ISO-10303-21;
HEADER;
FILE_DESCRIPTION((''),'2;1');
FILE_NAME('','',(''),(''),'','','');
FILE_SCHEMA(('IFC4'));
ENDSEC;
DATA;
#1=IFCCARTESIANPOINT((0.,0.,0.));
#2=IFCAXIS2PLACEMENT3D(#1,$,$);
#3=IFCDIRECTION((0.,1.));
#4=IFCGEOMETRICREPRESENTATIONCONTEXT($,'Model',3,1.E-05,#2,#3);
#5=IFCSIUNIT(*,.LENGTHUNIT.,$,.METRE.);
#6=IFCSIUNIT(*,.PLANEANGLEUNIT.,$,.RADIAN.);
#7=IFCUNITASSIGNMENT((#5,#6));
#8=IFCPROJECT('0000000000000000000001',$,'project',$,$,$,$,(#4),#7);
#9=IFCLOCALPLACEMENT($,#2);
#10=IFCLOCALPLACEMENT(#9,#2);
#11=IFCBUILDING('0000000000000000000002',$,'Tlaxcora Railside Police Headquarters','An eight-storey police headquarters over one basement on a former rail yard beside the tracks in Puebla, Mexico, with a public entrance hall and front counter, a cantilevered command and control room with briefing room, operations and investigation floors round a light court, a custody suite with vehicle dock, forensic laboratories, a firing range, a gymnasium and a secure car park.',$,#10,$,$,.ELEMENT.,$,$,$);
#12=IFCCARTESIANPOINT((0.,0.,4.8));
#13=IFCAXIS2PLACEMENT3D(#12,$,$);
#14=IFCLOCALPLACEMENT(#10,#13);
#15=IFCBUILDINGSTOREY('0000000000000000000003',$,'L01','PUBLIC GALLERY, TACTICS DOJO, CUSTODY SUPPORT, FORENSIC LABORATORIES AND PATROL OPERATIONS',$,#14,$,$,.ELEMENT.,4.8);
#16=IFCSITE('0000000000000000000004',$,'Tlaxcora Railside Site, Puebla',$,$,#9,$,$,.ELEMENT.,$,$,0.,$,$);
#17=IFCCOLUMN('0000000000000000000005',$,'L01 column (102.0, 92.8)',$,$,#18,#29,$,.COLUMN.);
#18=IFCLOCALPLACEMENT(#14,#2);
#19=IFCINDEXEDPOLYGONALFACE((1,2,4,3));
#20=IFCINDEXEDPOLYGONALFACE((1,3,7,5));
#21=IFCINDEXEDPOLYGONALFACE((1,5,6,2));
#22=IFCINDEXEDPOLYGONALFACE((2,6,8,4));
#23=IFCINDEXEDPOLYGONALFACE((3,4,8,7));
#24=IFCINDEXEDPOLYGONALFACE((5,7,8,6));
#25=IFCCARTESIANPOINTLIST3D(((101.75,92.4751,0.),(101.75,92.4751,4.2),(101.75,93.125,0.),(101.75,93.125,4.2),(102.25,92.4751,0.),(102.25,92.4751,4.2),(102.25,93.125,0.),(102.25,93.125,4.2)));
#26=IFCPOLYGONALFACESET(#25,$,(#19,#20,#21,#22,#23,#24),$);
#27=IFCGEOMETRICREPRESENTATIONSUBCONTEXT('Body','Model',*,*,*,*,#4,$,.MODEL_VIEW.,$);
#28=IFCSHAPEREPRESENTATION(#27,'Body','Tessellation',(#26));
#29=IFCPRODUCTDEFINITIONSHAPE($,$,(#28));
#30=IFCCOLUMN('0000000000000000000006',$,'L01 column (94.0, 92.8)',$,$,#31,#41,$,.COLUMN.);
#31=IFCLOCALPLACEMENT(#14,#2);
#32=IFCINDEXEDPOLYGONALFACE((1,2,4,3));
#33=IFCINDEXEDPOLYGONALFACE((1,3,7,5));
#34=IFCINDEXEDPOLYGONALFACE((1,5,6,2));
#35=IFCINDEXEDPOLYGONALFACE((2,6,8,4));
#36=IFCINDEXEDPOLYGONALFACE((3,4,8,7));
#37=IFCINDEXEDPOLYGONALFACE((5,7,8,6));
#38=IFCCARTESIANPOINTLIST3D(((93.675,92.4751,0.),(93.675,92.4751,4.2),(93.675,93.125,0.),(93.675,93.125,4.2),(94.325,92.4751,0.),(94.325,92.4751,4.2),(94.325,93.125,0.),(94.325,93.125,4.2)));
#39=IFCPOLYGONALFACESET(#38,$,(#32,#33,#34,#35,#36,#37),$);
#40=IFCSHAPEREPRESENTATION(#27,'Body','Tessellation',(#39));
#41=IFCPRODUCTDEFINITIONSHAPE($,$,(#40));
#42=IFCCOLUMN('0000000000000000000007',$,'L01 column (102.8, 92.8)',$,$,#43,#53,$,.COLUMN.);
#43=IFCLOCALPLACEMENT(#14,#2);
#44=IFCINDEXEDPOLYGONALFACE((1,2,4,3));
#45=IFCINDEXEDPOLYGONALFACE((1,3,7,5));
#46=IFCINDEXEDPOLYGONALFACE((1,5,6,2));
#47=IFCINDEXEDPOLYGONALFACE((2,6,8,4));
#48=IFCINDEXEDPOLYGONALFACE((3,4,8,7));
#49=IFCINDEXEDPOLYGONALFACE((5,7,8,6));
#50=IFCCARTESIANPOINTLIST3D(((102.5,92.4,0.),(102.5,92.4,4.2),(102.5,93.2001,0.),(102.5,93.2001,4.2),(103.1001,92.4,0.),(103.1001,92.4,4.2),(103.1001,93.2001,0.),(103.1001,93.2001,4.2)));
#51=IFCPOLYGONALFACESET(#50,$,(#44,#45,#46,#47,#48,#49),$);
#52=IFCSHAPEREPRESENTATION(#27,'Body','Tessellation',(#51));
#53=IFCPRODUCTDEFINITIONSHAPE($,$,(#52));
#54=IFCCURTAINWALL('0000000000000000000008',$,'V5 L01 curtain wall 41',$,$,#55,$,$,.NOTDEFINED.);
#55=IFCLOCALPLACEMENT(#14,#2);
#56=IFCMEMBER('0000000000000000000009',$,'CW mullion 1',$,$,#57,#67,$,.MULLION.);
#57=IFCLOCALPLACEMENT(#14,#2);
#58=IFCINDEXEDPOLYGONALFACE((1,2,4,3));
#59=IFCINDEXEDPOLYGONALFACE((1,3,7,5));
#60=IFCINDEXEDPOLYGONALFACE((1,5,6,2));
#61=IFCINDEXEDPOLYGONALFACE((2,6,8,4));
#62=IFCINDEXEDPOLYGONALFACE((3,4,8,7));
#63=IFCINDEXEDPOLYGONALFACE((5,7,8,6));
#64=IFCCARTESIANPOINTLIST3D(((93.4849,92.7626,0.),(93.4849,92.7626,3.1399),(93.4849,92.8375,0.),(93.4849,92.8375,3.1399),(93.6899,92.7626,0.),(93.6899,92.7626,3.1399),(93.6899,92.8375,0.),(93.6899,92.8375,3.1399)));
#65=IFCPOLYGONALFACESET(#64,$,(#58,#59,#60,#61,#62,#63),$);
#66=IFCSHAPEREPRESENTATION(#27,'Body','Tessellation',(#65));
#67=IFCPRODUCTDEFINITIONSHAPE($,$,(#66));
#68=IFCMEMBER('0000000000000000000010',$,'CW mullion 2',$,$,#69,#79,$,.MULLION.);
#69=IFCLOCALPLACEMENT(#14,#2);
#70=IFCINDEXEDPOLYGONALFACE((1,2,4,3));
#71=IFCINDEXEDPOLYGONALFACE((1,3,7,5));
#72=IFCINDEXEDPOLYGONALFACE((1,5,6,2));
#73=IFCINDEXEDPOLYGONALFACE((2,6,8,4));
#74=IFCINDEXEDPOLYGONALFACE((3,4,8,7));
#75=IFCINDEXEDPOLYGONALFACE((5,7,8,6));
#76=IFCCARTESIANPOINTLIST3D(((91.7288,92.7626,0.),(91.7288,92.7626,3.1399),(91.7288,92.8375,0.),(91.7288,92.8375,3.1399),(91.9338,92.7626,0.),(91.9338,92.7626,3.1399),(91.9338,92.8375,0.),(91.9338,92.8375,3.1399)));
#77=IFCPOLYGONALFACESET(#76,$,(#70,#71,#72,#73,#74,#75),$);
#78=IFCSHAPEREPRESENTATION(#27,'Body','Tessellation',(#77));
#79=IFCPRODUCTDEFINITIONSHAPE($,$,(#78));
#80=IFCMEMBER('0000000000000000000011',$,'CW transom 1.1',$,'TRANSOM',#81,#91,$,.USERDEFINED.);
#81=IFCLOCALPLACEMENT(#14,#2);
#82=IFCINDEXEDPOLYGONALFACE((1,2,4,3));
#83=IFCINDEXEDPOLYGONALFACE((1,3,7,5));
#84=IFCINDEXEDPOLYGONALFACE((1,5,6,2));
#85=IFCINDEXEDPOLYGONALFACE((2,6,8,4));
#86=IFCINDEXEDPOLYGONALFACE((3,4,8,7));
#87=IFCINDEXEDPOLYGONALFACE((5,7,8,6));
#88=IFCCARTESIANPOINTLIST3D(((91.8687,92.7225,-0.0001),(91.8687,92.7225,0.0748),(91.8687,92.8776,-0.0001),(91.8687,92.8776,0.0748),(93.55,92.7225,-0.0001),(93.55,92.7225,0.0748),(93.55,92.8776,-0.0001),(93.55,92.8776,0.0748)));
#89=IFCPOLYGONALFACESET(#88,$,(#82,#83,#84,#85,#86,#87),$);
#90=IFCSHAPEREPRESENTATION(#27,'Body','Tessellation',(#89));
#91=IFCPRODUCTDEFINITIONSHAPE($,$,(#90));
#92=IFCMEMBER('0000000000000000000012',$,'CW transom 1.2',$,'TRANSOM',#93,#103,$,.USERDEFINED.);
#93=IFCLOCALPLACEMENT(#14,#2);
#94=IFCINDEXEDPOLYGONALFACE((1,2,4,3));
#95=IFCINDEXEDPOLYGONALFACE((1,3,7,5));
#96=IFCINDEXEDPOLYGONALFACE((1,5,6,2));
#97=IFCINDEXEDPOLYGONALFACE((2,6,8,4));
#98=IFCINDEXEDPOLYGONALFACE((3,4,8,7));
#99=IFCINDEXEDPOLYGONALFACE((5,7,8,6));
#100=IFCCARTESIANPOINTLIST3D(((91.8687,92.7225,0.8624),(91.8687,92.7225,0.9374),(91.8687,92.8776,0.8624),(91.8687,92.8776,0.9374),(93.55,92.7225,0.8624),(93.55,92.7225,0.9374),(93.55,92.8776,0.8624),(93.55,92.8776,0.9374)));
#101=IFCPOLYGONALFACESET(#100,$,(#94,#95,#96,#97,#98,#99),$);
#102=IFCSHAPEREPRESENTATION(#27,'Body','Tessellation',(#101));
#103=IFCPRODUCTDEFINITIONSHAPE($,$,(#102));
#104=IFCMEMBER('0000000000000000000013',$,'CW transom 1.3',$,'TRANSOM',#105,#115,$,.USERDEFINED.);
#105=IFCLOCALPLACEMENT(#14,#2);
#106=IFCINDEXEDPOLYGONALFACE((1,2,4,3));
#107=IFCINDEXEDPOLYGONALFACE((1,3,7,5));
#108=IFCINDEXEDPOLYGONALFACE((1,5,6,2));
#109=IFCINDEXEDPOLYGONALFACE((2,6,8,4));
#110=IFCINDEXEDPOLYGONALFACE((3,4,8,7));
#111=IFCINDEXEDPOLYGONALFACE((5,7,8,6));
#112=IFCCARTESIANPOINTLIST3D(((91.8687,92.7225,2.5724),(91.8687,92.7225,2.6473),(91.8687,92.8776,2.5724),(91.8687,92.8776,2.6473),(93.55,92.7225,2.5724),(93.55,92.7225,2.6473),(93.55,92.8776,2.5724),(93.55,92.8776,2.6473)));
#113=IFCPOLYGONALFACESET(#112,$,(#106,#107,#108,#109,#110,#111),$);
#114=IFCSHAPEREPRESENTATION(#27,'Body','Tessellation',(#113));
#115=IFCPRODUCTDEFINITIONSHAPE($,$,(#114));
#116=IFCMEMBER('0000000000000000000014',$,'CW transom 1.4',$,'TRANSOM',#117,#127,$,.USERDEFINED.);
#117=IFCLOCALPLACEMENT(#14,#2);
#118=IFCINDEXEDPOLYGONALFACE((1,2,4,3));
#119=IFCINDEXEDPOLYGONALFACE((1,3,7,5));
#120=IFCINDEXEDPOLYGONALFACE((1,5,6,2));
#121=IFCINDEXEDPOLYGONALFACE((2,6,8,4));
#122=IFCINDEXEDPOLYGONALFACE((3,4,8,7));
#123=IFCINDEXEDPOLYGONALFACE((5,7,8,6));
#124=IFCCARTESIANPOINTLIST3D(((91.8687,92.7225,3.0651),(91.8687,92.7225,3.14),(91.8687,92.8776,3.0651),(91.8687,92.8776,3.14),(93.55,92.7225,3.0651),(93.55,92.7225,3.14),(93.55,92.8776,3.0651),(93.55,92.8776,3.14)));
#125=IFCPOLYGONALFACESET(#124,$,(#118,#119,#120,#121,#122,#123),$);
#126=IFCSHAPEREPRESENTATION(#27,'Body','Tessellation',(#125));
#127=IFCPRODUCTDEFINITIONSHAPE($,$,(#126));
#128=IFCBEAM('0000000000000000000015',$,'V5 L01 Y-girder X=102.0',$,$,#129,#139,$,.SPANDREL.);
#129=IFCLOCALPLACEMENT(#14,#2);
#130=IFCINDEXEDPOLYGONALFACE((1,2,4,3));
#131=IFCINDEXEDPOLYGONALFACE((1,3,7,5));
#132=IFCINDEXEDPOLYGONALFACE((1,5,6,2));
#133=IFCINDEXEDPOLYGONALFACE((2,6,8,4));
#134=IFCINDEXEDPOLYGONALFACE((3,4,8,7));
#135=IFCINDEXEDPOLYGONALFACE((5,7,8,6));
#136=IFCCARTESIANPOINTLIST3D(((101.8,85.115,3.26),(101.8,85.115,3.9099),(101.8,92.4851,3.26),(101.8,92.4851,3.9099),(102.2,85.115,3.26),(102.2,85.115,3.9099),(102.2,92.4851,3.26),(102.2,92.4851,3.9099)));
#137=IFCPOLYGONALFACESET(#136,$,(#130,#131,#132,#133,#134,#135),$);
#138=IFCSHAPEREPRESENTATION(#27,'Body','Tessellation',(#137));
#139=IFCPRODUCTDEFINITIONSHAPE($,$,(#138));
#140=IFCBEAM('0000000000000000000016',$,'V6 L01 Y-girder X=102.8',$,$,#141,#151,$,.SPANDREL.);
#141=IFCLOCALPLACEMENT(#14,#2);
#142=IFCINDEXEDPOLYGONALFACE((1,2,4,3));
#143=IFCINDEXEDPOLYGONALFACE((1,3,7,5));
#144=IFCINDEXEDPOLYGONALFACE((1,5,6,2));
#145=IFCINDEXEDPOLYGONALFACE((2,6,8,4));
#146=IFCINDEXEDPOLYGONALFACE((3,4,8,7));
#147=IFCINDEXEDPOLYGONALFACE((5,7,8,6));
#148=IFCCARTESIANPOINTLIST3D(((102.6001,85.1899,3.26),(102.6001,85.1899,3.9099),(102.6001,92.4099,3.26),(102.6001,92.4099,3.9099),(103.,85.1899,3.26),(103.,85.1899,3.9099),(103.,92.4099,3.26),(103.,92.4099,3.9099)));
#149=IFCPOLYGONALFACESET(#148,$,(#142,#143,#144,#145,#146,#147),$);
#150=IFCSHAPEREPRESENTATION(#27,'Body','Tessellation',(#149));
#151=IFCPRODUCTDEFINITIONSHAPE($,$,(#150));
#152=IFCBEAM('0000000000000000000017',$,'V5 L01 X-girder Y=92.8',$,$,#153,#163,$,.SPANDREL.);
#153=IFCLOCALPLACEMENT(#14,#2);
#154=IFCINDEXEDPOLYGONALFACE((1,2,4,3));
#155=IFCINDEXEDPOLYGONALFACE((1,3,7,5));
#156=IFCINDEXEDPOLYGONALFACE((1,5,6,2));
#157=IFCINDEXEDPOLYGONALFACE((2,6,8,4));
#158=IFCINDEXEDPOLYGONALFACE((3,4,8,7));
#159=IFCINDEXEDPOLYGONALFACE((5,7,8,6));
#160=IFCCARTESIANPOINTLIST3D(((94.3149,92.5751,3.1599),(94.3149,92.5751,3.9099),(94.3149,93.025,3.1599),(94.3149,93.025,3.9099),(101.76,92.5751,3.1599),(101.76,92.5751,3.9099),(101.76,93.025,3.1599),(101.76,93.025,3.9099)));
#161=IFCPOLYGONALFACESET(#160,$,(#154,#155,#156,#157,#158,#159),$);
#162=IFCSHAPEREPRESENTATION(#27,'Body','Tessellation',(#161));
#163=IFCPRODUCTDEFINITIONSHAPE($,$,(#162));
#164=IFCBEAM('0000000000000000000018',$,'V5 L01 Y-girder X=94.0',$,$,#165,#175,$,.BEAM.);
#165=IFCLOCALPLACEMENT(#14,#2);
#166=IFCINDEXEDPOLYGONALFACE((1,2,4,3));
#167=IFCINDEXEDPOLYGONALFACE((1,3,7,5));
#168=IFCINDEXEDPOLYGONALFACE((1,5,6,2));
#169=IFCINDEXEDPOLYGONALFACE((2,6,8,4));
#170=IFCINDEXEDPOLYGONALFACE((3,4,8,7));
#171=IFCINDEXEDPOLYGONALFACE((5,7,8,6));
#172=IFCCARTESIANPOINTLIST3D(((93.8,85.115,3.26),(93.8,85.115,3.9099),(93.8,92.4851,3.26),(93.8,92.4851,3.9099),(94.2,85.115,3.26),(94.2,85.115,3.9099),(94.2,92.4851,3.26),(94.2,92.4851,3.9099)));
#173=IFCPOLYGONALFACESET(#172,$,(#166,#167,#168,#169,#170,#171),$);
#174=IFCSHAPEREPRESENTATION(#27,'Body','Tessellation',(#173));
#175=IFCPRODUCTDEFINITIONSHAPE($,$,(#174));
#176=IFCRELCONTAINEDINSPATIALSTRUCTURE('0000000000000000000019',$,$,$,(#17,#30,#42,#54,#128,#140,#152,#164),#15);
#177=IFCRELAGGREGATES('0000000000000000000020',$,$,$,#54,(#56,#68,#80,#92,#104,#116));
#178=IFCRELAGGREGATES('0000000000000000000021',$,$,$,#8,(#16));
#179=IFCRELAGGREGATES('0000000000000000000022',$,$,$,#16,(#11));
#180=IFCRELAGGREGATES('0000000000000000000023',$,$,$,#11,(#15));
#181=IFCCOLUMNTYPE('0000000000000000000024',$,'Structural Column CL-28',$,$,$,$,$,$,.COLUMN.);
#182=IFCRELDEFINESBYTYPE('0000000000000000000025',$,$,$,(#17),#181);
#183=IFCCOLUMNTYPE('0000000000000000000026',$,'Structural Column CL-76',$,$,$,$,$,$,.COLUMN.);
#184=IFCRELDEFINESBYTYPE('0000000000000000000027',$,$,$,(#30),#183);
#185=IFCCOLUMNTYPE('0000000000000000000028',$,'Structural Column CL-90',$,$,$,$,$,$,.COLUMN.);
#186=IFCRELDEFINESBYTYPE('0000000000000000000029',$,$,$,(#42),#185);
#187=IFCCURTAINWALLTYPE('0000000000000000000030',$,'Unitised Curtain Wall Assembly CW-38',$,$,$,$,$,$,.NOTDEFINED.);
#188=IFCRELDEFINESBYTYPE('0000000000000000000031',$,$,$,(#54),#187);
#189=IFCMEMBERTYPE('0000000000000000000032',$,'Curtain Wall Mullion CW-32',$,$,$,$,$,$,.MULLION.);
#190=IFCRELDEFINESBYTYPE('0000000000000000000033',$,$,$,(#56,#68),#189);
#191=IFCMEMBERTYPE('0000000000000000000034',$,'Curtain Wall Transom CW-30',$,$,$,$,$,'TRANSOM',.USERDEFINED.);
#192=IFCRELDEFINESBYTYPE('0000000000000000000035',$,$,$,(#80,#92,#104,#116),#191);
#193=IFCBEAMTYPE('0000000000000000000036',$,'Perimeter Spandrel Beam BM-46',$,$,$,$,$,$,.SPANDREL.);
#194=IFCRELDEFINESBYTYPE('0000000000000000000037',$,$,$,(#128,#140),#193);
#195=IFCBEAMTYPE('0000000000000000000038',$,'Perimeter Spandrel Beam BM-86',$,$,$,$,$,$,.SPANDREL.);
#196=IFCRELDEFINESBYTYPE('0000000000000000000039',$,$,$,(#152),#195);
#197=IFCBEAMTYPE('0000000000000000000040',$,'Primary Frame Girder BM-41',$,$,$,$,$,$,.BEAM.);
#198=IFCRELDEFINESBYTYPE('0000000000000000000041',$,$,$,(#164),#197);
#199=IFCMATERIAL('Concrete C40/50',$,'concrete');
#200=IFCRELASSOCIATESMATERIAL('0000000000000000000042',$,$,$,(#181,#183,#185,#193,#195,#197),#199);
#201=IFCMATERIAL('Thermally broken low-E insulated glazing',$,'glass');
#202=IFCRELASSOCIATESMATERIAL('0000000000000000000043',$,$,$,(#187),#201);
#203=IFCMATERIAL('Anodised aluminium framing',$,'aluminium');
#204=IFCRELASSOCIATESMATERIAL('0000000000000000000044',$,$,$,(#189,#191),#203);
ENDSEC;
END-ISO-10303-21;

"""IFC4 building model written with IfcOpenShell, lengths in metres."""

from ifc_helpers import new_model, si_unit, direction, frame, origin, origin_2d, place, context, subcontext, project, spatial, rectangle, extrude, material, material_profile, profile_set, type_object, element, aggregate, save


model = new_model("IFC4")

# Units and contexts
model_context = context("Model", 3, precision=1e-05, world=origin(), true_north=direction((0.0, 1.0)))
body_context = subcontext(model_context, "Body", "Model", "MODEL_VIEW")
ifc_project = project(units=[si_unit("LENGTHUNIT", "METRE"), si_unit("PLANEANGLEUNIT", "RADIAN")], contexts=[model_context])

# Site, building, storey
site_placement = place(None, origin())
site = spatial("IfcSite", under=ifc_project, at=site_placement, Name="Tlaxcora Railside Site, Puebla", CompositionType="ELEMENT", RefElevation=0.0)
building_placement = place(site_placement, origin())
building = spatial("IfcBuilding", under=site, at=building_placement, Name="Tlaxcora Railside Police Headquarters", Description="An eight-storey police headquarters over one basement on a former rail yard beside the tracks in Puebla, Mexico, with a public entrance hall and front counter, a cantilevered command and control room with briefing room, operations and investigation floors round a light court, a custody suite with vehicle dock, forensic laboratories, a firing range, a gymnasium and a secure car park.", CompositionType="ELEMENT")
storey_placement = place(building_placement, frame((0.0, 0.0, 4.8)))
storey = spatial("IfcBuildingStorey", under=building, at=storey_placement, Name="L01", Description="PUBLIC GALLERY, TACTICS DOJO, CUSTODY SUPPORT, FORENSIC LABORATORIES AND PATROL OPERATIONS", CompositionType="ELEMENT", Elevation=4.8)

# Columns
ifc_material_1 = material(Name="Concrete C40/50", Category="concrete")
ifc_material_profile_1 = material_profile(ifc_material_1, rectangle(XDim=0.5, YDim=0.6499, at=origin_2d()), Name="RC500X650")
ifc_profile_set_1 = profile_set([ifc_material_profile_1], Name="Concrete C40/50")
column_type_1 = type_object("IfcColumnType", Name="Structural Column CL-28", PredefinedType="COLUMN", material=ifc_profile_set_1)
column_1_placement = place(storey_placement, frame((102.0, 92.8, 0.0), z_axis=(0.0, 0.0, 1.0), x_axis=(1.0, 0.0, 0.0)))
element("IfcColumn", 1, at=column_1_placement, inside=storey, type_object=column_type_1, Name="L01 column (102.0, 92.8)", PredefinedType="COLUMN", context=body_context, shape_type="SweptSolid", body=[
    extrude(rectangle(XDim=0.5, YDim=0.6499, at=origin_2d()), origin(), (0.0, 0.0, 1.0), 4.2),
])
ifc_material_profile_2 = material_profile(ifc_material_1, rectangle(XDim=0.6499, YDim=0.6499, at=origin_2d()), Name="RC650X650")
ifc_profile_set_2 = profile_set([ifc_material_profile_2], Name="Concrete C40/50")
column_type_2 = type_object("IfcColumnType", Name="Structural Column CL-76", PredefinedType="COLUMN", material=ifc_profile_set_2)
column_2_placement = place(storey_placement, frame((94.0, 92.8, 0.0), z_axis=(0.0, 0.0, 1.0), x_axis=(1.0, 0.0, 0.0)))
element("IfcColumn", 2, at=column_2_placement, inside=storey, type_object=column_type_2, Name="L01 column (94.0, 92.8)", PredefinedType="COLUMN", context=body_context, shape_type="SweptSolid", body=[
    extrude(rectangle(XDim=0.6499, YDim=0.6499, at=origin_2d()), origin(), (0.0, 0.0, 1.0), 4.2),
])
ifc_material_profile_3 = material_profile(ifc_material_1, rectangle(XDim=0.6001, YDim=0.8, at=origin_2d()), Name="RC600X800")
ifc_profile_set_3 = profile_set([ifc_material_profile_3], Name="Concrete C40/50")
column_type_3 = type_object("IfcColumnType", Name="Structural Column CL-90", PredefinedType="COLUMN", material=ifc_profile_set_3)
column_3_placement = place(storey_placement, frame((102.8, 92.8, 0.0), z_axis=(0.0, 0.0, 1.0), x_axis=(1.0, 0.0, 0.0)))
element("IfcColumn", 3, at=column_3_placement, inside=storey, type_object=column_type_3, Name="L01 column (102.8, 92.8)", PredefinedType="COLUMN", context=body_context, shape_type="SweptSolid", body=[
    extrude(rectangle(XDim=0.6001, YDim=0.8, at=origin_2d()), origin(), (0.0, 0.0, 1.0), 4.2),
])

# Curtain wall, members
ifc_material_2 = material(Name="Thermally broken low-E insulated glazing", Category="glass")
curtain_wall_type = type_object("IfcCurtainWallType", Name="Unitised Curtain Wall Assembly CW-38", PredefinedType="NOTDEFINED", material=ifc_material_2)
curtain_wall_placement = place(storey_placement, origin())
curtain_wall = element("IfcCurtainWall", 4, at=curtain_wall_placement, inside=storey, type_object=curtain_wall_type, Name="V5 L01 curtain wall 41", PredefinedType="NOTDEFINED")
ifc_material_3 = material(Name="Anodised aluminium framing", Category="aluminium")
ifc_material_profile_4 = material_profile(ifc_material_3, rectangle(XDim=0.075, YDim=0.2051, at=origin_2d()), Name="AL75X205")
ifc_profile_set_4 = profile_set([ifc_material_profile_4], Name="Anodised aluminium framing")
member_type_1 = type_object("IfcMemberType", Name="Curtain Wall Mullion CW-32", PredefinedType="MULLION", material=ifc_profile_set_4)
member_1_placement = place(storey_placement, frame((93.5874, 92.8, 0.0), z_axis=(0.0, 0.0, 1.0), x_axis=(0.0, -1.0, 0.0)))
member_1 = element("IfcMember", 5, at=member_1_placement, type_object=member_type_1, Name="CW mullion 1", PredefinedType="MULLION", context=body_context, shape_type="SweptSolid", body=[
    extrude(rectangle(XDim=0.075, YDim=0.2051, at=origin_2d()), origin(), (0.0, 0.0, 1.0), 3.1399),
])
member_2_placement = place(storey_placement, frame((91.8313, 92.8, 0.0), z_axis=(0.0, 0.0, 1.0), x_axis=(0.0, -1.0, 0.0)))
member_2 = element("IfcMember", 6, at=member_2_placement, type_object=member_type_1, Name="CW mullion 2", PredefinedType="MULLION", context=body_context, shape_type="SweptSolid", body=[
    extrude(rectangle(XDim=0.075, YDim=0.2051, at=origin_2d()), origin(), (0.0, 0.0, 1.0), 3.1399),
])
ifc_material_profile_5 = material_profile(ifc_material_3, rectangle(XDim=0.155, YDim=0.075, at=origin_2d()), Name="AL75X155")
ifc_profile_set_5 = profile_set([ifc_material_profile_5], Name="Anodised aluminium framing")
member_type_2 = type_object("IfcMemberType", Name="Curtain Wall Transom CW-30", ElementType="TRANSOM", PredefinedType="USERDEFINED", material=ifc_profile_set_5)
member_3_placement = place(storey_placement, frame((93.55, 92.8, 0.0374), z_axis=(-1.0, 0.0, 0.0), x_axis=(0.0, -1.0, 0.0)))
member_3 = element("IfcMember", 7, at=member_3_placement, type_object=member_type_2, Name="CW transom 1.1", ObjectType="TRANSOM", PredefinedType="USERDEFINED", context=body_context, shape_type="SweptSolid", body=[
    extrude(rectangle(XDim=0.155, YDim=0.075, at=origin_2d()), origin(), (0.0, 0.0, 1.0), 1.6814),
])
member_4_placement = place(storey_placement, frame((93.55, 92.8, 0.8999), z_axis=(-1.0, 0.0, 0.0), x_axis=(0.0, -1.0, 0.0)))
member_4 = element("IfcMember", 8, at=member_4_placement, type_object=member_type_2, Name="CW transom 1.2", ObjectType="TRANSOM", PredefinedType="USERDEFINED", context=body_context, shape_type="SweptSolid", body=[
    extrude(rectangle(XDim=0.155, YDim=0.075, at=origin_2d()), origin(), (0.0, 0.0, 1.0), 1.6814),
])
member_5_placement = place(storey_placement, frame((93.55, 92.8, 2.6099), z_axis=(-1.0, 0.0, 0.0), x_axis=(0.0, -1.0, 0.0)))
member_5 = element("IfcMember", 9, at=member_5_placement, type_object=member_type_2, Name="CW transom 1.3", ObjectType="TRANSOM", PredefinedType="USERDEFINED", context=body_context, shape_type="SweptSolid", body=[
    extrude(rectangle(XDim=0.155, YDim=0.075, at=origin_2d()), origin(), (0.0, 0.0, 1.0), 1.6814),
])
member_6_placement = place(storey_placement, frame((93.55, 92.8, 3.1025), z_axis=(-1.0, 0.0, 0.0), x_axis=(0.0, -1.0, 0.0)))
member_6 = element("IfcMember", 10, at=member_6_placement, type_object=member_type_2, Name="CW transom 1.4", ObjectType="TRANSOM", PredefinedType="USERDEFINED", context=body_context, shape_type="SweptSolid", body=[
    extrude(rectangle(XDim=0.155, YDim=0.075, at=origin_2d()), origin(), (0.0, 0.0, 1.0), 1.6814),
])

# Beams
ifc_material_profile_6 = material_profile(ifc_material_1, rectangle(XDim=0.3999, YDim=0.6499, at=origin_2d()), Name="RC400X650")
ifc_profile_set_6 = profile_set([ifc_material_profile_6], Name="Concrete C40/50")
beam_type_1 = type_object("IfcBeamType", Name="Perimeter Spandrel Beam BM-46", PredefinedType="SPANDREL", material=ifc_profile_set_6)
beam_1_placement = place(storey_placement, frame((102.0, 85.115, 3.585), z_axis=(0.0, 1.0, 0.0), x_axis=(-1.0, 0.0, 0.0)))
element("IfcBeam", 11, at=beam_1_placement, inside=storey, type_object=beam_type_1, Name="V5 L01 Y-girder X=102.0", PredefinedType="SPANDREL", context=body_context, shape_type="SweptSolid", body=[
    extrude(rectangle(XDim=0.3999, YDim=0.6499, at=origin_2d()), origin(), (0.0, 0.0, 1.0), 7.3701),
])
beam_2_placement = place(storey_placement, frame((102.8, 85.1899, 3.585), z_axis=(0.0, 1.0, 0.0), x_axis=(-1.0, 0.0, 0.0)))
element("IfcBeam", 12, at=beam_2_placement, inside=storey, type_object=beam_type_1, Name="V6 L01 Y-girder X=102.8", PredefinedType="SPANDREL", context=body_context, shape_type="SweptSolid", body=[
    extrude(rectangle(XDim=0.3999, YDim=0.6499, at=origin_2d()), origin(), (0.0, 0.0, 1.0), 7.22),
])
ifc_material_profile_7 = material_profile(ifc_material_1, rectangle(XDim=0.45, YDim=0.75, at=origin_2d()), Name="RC450X750")
ifc_profile_set_7 = profile_set([ifc_material_profile_7], Name="Concrete C40/50")
beam_type_2 = type_object("IfcBeamType", Name="Perimeter Spandrel Beam BM-86", PredefinedType="SPANDREL", material=ifc_profile_set_7)
beam_3_placement = place(storey_placement, frame((94.3149, 92.8, 3.5349), z_axis=(1.0, 0.0, 0.0), x_axis=(0.0, 1.0, 0.0)))
element("IfcBeam", 13, at=beam_3_placement, inside=storey, type_object=beam_type_2, Name="V5 L01 X-girder Y=92.8", PredefinedType="SPANDREL", context=body_context, shape_type="SweptSolid", body=[
    extrude(rectangle(XDim=0.45, YDim=0.75, at=origin_2d()), origin(), (0.0, 0.0, 1.0), 7.4451),
])
ifc_material_profile_8 = material_profile(ifc_material_1, rectangle(XDim=0.3999, YDim=0.6499, at=origin_2d()), Name="RC400X650")
ifc_profile_set_8 = profile_set([ifc_material_profile_8], Name="Concrete C40/50")
beam_type_3 = type_object("IfcBeamType", Name="Primary Frame Girder BM-41", PredefinedType="BEAM", material=ifc_profile_set_8)
beam_4_placement = place(storey_placement, frame((94.0, 85.115, 3.585), z_axis=(0.0, 1.0, 0.0), x_axis=(-1.0, 0.0, 0.0)))
element("IfcBeam", 14, at=beam_4_placement, inside=storey, type_object=beam_type_3, Name="V5 L01 Y-girder X=94.0", PredefinedType="BEAM", context=body_context, shape_type="SweptSolid", body=[
    extrude(rectangle(XDim=0.3999, YDim=0.6499, at=origin_2d()), origin(), (0.0, 0.0, 1.0), 7.3701),
])

aggregate(curtain_wall, [member_1, member_2, member_3, member_4, member_5, member_6])

save(model, "model.ifc")
